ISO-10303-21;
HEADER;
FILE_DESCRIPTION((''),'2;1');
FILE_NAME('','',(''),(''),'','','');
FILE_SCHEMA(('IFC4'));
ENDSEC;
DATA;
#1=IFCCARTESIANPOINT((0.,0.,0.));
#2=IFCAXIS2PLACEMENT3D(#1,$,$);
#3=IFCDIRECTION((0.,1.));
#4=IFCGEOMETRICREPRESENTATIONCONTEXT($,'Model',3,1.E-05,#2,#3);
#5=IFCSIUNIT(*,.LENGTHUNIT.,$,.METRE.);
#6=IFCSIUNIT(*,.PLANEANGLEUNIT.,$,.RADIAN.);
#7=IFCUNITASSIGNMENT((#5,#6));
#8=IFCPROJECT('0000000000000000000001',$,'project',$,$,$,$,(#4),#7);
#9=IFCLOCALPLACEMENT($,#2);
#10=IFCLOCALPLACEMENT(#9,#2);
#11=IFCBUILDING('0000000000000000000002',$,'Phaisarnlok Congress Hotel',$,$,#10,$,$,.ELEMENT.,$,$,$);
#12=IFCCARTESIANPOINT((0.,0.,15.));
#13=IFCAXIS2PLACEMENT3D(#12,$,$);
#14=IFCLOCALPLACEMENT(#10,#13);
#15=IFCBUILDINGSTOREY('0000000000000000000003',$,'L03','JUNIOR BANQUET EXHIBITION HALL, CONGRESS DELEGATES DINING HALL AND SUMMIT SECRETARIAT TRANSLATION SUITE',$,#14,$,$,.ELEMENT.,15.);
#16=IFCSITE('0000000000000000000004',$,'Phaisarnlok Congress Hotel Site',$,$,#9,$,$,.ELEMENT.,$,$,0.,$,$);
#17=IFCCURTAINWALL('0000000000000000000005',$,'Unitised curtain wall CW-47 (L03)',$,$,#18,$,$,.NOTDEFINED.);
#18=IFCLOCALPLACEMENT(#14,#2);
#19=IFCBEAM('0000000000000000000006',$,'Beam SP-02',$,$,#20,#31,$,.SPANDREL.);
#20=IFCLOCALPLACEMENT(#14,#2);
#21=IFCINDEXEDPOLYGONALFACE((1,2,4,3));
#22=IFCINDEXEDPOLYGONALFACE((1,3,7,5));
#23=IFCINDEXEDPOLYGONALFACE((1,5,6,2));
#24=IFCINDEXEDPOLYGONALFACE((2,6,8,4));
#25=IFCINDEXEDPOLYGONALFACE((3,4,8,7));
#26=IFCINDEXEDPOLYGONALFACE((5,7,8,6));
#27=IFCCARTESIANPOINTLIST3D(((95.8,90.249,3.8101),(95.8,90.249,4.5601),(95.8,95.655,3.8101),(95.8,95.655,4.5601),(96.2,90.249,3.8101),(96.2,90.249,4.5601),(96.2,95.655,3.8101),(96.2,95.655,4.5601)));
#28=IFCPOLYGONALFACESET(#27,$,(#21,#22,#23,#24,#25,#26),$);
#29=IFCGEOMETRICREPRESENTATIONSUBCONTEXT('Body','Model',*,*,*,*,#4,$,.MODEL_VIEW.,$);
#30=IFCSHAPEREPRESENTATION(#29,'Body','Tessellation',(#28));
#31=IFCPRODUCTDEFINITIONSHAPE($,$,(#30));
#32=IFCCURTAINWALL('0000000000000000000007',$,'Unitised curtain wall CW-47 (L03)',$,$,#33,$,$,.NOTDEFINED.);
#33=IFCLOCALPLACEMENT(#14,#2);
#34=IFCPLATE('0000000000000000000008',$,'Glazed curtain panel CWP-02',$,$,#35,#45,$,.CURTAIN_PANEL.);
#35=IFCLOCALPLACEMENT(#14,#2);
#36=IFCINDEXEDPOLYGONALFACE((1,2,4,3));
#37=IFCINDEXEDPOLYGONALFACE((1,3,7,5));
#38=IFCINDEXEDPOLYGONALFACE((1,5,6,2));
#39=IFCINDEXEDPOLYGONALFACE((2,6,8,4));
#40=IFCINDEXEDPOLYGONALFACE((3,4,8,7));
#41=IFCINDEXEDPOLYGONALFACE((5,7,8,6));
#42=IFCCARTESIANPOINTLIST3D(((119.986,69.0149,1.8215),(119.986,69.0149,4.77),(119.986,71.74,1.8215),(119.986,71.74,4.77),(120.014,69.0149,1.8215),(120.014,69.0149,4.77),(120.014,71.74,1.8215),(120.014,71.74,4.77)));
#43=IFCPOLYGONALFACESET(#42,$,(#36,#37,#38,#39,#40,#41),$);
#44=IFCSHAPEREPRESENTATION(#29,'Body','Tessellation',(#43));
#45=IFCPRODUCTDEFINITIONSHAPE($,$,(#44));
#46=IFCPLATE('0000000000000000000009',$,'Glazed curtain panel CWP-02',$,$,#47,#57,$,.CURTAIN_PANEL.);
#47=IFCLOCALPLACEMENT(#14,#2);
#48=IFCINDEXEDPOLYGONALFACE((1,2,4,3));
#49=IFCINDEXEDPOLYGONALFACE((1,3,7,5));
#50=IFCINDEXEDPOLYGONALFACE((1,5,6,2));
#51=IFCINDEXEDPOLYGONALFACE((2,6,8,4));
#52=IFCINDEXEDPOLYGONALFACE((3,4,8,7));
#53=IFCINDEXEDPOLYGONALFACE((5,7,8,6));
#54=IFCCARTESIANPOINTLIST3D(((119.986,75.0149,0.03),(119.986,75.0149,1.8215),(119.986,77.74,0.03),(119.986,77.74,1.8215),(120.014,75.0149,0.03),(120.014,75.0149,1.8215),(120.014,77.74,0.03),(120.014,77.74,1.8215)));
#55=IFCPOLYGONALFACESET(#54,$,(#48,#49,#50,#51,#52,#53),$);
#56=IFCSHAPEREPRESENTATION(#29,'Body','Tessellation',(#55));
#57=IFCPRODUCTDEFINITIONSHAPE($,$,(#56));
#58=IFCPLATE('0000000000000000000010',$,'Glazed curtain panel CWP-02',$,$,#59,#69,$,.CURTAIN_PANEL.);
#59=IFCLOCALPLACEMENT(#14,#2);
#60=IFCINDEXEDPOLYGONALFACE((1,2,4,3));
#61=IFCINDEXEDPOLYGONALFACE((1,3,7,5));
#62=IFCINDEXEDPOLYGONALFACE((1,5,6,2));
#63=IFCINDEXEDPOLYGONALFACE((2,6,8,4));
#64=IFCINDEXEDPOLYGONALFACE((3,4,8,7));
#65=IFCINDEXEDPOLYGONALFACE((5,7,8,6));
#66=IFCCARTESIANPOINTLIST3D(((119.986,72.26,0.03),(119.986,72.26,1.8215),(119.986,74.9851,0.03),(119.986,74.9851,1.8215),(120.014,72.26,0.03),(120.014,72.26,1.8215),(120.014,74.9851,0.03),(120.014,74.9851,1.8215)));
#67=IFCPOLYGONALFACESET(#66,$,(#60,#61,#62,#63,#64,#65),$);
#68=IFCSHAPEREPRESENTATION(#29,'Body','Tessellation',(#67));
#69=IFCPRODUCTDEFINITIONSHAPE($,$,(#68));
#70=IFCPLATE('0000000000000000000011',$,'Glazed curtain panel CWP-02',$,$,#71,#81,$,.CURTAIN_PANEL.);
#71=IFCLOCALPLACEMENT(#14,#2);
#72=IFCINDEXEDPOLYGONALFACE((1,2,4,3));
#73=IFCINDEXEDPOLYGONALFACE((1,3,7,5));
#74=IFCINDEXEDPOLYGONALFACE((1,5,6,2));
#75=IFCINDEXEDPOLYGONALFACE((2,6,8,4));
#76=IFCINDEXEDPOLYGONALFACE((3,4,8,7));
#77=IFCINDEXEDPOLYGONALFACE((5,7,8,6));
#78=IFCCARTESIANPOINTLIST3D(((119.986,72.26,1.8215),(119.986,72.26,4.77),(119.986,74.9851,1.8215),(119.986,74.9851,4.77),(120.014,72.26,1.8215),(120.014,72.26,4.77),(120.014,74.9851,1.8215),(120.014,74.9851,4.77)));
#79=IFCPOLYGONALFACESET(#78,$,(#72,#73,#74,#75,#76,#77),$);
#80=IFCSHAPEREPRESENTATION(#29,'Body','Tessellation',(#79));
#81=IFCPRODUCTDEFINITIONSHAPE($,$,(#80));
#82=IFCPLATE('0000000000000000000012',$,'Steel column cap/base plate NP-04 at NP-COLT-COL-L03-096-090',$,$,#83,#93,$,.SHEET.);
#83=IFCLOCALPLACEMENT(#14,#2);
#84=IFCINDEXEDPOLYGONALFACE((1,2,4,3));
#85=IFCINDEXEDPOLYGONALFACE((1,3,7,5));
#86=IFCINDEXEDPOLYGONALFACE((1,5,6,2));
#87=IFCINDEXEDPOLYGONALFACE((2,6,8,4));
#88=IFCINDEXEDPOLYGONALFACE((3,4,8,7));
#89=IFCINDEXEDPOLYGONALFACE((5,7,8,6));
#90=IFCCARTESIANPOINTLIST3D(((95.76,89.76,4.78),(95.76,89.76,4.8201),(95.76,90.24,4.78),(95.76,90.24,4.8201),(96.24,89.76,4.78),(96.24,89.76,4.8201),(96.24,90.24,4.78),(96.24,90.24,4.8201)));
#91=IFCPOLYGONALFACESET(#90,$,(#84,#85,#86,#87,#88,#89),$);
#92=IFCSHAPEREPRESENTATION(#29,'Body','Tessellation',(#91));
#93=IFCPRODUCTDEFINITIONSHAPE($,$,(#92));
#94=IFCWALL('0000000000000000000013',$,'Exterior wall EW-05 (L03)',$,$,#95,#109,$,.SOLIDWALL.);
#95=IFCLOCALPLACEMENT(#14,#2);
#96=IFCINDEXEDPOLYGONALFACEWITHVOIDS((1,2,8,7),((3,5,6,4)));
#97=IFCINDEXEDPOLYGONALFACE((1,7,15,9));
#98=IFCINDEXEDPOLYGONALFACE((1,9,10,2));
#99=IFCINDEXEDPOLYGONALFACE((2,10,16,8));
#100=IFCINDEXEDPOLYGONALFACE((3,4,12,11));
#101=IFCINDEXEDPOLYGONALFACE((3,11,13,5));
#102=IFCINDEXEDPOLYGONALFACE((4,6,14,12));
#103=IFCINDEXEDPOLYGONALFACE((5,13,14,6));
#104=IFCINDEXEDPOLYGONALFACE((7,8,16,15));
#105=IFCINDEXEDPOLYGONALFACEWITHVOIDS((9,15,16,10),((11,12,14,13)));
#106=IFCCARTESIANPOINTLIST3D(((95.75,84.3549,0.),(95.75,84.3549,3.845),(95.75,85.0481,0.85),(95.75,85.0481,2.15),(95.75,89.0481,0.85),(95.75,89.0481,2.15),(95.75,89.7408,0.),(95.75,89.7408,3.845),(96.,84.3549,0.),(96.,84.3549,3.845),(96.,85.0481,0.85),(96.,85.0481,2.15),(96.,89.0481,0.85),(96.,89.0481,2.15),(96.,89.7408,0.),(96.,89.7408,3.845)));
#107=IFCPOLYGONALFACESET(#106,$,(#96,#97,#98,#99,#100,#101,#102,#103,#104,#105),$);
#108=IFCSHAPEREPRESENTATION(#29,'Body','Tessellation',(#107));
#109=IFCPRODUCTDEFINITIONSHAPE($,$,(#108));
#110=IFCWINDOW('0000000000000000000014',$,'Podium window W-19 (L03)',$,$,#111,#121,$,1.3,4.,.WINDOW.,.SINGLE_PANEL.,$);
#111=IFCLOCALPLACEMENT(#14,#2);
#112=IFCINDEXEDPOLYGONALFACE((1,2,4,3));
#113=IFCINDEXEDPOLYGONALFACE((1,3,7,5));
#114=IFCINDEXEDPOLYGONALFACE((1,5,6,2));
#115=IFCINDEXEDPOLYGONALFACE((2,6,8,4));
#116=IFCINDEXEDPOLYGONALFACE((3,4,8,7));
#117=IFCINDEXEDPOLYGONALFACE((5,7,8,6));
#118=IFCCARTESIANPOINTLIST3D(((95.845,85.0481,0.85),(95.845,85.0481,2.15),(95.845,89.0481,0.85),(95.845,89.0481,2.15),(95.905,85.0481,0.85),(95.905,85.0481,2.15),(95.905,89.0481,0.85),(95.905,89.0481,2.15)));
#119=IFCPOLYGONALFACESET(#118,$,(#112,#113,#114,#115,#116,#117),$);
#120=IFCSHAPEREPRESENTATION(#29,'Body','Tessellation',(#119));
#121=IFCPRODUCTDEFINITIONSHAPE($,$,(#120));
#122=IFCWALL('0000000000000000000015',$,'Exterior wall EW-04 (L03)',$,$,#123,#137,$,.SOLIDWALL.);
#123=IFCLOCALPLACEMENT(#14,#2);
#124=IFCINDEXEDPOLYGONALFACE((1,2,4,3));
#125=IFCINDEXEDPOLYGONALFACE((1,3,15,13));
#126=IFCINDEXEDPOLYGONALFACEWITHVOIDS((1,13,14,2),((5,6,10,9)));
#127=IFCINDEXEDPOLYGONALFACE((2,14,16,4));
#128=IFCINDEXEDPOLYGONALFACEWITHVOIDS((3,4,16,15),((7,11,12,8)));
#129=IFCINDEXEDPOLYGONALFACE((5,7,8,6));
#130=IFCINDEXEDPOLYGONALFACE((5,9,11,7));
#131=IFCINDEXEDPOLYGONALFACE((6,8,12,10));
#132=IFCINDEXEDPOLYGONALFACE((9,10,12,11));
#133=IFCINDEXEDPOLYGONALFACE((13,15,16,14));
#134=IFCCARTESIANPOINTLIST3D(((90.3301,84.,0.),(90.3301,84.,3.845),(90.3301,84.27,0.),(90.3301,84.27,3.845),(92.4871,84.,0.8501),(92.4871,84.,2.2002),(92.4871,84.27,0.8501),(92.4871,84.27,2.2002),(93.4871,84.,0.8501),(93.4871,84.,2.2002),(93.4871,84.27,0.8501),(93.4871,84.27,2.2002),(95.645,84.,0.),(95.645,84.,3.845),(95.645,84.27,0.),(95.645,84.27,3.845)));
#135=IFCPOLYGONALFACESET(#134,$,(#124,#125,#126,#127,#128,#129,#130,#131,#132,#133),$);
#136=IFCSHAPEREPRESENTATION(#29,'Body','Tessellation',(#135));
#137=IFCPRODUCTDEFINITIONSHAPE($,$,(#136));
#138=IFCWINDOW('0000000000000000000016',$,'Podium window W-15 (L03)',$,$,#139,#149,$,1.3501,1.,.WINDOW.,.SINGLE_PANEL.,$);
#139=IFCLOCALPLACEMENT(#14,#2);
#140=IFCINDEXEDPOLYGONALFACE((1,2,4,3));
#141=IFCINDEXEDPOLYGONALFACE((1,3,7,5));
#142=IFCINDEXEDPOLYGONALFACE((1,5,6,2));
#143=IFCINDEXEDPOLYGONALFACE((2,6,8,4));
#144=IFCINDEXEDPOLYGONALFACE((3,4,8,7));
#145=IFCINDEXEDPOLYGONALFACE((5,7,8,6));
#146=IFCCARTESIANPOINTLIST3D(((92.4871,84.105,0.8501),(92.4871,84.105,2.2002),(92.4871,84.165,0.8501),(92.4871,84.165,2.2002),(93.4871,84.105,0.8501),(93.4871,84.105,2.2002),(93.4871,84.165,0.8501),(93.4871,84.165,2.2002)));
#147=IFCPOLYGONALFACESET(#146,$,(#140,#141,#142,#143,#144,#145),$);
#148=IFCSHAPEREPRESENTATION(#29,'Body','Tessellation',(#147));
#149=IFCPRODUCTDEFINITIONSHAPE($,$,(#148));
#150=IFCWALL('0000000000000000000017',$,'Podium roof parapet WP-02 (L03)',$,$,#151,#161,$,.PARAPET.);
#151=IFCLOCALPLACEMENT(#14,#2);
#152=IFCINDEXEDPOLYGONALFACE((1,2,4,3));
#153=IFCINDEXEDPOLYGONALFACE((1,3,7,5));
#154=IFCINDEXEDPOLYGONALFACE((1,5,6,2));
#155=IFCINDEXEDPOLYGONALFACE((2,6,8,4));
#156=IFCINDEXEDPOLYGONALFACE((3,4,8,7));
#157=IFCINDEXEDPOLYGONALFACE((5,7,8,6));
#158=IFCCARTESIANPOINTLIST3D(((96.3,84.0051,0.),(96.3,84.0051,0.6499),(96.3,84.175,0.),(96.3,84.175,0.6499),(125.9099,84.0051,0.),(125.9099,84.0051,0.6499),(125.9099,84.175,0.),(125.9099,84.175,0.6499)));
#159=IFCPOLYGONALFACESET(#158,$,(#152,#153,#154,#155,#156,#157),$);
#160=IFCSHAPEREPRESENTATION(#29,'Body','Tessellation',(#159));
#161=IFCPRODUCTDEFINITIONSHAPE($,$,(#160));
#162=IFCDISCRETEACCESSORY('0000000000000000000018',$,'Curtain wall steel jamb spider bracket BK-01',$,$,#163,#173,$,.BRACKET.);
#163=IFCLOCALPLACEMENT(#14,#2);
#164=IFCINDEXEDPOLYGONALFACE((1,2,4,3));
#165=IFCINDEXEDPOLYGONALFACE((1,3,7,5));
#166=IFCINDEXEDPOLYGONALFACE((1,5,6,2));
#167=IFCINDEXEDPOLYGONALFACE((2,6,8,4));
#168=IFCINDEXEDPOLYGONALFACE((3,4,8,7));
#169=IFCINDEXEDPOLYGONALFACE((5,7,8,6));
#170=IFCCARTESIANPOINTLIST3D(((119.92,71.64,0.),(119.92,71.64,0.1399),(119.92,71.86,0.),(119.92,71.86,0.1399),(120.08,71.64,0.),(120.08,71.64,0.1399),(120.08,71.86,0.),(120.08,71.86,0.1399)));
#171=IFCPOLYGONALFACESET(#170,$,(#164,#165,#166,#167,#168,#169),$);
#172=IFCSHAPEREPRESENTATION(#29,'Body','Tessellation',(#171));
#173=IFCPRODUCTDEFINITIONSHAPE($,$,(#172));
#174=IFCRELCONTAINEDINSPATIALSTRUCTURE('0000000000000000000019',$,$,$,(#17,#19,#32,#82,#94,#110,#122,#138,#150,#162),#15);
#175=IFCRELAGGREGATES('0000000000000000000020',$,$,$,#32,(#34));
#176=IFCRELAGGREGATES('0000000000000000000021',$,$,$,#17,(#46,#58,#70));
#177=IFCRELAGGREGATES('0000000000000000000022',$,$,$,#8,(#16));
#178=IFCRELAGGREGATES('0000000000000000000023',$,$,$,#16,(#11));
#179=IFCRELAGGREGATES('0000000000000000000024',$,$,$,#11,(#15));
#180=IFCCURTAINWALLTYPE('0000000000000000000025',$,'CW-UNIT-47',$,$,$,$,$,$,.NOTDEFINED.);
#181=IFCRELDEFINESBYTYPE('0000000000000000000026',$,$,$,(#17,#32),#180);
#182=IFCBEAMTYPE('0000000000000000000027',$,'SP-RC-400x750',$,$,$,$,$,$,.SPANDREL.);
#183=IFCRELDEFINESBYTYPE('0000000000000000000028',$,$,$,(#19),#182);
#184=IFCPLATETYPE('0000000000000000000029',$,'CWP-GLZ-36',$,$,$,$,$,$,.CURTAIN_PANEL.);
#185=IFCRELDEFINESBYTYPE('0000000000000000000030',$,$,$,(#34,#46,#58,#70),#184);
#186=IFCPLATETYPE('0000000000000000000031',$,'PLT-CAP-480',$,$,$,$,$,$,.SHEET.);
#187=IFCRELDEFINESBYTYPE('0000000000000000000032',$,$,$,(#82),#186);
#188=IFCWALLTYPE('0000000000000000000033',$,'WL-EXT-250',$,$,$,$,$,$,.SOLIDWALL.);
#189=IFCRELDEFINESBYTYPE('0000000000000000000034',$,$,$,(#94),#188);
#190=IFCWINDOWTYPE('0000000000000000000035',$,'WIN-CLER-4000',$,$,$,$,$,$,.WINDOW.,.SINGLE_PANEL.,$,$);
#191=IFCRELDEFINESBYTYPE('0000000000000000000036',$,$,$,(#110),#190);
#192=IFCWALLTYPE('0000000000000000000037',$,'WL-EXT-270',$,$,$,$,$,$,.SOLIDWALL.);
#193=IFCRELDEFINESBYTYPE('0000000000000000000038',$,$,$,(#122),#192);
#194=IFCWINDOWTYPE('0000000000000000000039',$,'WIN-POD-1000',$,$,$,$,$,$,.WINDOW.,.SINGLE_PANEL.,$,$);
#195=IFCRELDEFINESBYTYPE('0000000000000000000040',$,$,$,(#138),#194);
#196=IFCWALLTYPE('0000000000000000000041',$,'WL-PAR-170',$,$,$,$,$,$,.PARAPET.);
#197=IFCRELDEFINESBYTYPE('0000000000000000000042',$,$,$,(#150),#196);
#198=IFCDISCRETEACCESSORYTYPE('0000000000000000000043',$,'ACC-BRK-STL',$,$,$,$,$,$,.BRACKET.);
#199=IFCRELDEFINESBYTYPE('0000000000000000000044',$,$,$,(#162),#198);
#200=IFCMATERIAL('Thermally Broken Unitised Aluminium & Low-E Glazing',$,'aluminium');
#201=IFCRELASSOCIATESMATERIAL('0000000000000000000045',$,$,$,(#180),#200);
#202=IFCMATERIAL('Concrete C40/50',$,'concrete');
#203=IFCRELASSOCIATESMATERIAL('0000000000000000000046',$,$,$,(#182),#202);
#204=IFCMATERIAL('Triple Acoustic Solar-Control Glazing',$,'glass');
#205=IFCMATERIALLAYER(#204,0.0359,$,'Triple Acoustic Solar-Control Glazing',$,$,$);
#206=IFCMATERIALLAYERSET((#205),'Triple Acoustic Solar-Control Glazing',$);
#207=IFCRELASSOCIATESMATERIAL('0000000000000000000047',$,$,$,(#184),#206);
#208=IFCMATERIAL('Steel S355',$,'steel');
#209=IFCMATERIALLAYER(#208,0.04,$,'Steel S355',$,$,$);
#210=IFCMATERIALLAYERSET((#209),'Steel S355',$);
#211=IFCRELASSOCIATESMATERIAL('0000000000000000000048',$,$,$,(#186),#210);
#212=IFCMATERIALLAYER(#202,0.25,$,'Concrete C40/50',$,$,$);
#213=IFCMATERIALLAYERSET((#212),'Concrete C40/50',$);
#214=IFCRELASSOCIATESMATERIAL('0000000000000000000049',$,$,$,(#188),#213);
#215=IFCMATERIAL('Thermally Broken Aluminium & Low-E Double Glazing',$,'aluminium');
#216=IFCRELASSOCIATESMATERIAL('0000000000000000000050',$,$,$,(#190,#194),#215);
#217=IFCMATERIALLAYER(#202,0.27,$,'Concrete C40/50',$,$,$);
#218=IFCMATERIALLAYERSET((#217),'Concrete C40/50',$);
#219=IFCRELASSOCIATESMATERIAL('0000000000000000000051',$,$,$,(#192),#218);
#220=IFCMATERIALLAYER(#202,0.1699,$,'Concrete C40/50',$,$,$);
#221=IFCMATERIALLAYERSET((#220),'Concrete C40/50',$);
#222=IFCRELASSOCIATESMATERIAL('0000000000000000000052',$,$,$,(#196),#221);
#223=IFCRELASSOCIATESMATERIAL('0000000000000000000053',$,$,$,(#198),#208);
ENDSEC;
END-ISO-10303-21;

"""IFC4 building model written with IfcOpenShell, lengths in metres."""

from ifc_helpers import new_model, si_unit, direction, frame, frame_2d, origin, origin_2d, place, context, subcontext, project, spatial, rectangle, extrude, material, layer, layer_set, material_profile, profile_set, type_object, element, fill, aggregate, save


model = new_model("IFC4")

# Units and contexts
model_context = context("Model", 3, precision=1e-05, world=origin(), true_north=direction((0.0, 1.0)))
body_context = subcontext(model_context, "Body", "Model", "MODEL_VIEW")
ifc_project = project(units=[si_unit("LENGTHUNIT", "METRE"), si_unit("PLANEANGLEUNIT", "RADIAN")], contexts=[model_context])

# Site, building, storey
site_placement = place(None, origin())
site = spatial("IfcSite", under=ifc_project, at=site_placement, Name="Phaisarnlok Congress Hotel Site", CompositionType="ELEMENT", RefElevation=0.0)
building_placement = place(site_placement, origin())
building = spatial("IfcBuilding", under=site, at=building_placement, Name="Phaisarnlok Congress Hotel", CompositionType="ELEMENT")
storey_placement = place(building_placement, frame((0.0, 0.0, 15.0)))
storey = spatial("IfcBuildingStorey", under=building, at=storey_placement, Name="L03", Description="JUNIOR BANQUET EXHIBITION HALL, CONGRESS DELEGATES DINING HALL AND SUMMIT SECRETARIAT TRANSLATION SUITE", CompositionType="ELEMENT", Elevation=15.0)

# Shared definitions
ifc_material_1 = material(Name="Steel S355", Category="steel")

# Shared definitions
ifc_material_2 = material(Name="Concrete C40/50", Category="concrete")

# Curtain wall
ifc_material_3 = material(Name="Thermally Broken Unitised Aluminium & Low-E Glazing", Category="aluminium")
curtain_wall_type = type_object("IfcCurtainWallType", Name="CW-UNIT-47", PredefinedType="NOTDEFINED", material=ifc_material_3)
curtain_wall_1_placement = place(storey_placement, origin())
curtain_wall_1 = element("IfcCurtainWall", 1, at=curtain_wall_1_placement, inside=storey, type_object=curtain_wall_type, Name="Unitised curtain wall CW-47 (L03)", PredefinedType="NOTDEFINED")

# Beam
ifc_material_profile_1 = material_profile(ifc_material_2, rectangle(XDim=0.3999, YDim=0.75, at=origin_2d()), Name="RC 400x750")
ifc_profile_set_1 = profile_set([ifc_material_profile_1], Name="Concrete C40/50")
beam_type_1 = type_object("IfcBeamType", Name="SP-RC-400x750", PredefinedType="SPANDREL", material=ifc_profile_set_1)
for number, where, z_axis, x_axis, name in (
    (2, (96.0, 90.249, 4.1851), (0.0, 1.0, 0.0), (-1.0, 0.0, 0.0), "Beam SP-02"),
):
    element("IfcBeam", number, at=place(storey_placement, frame(where, z_axis=z_axis, x_axis=x_axis)), inside=storey, type_object=beam_type_1, Name=name, PredefinedType="SPANDREL", context=body_context, shape_type="SweptSolid", body=[
        extrude(rectangle(XDim=0.3999, YDim=0.75, at=origin_2d()), origin(), (0.0, 0.0, 1.0), 5.406),
    ])

# Curtain wall, plate
curtain_wall_2_placement = place(storey_placement, origin())
curtain_wall_2 = element("IfcCurtainWall", 3, at=curtain_wall_2_placement, inside=storey, type_object=curtain_wall_type, Name="Unitised curtain wall CW-47 (L03)", PredefinedType="NOTDEFINED")
ifc_material_4 = material(Name="Triple Acoustic Solar-Control Glazing", Category="glass")
ifc_layer_1 = layer(ifc_material_4, 0.0359, Name="Triple Acoustic Solar-Control Glazing")
ifc_layer_set_1 = layer_set([ifc_layer_1], Name="Triple Acoustic Solar-Control Glazing")
plate_type_1 = type_object("IfcPlateType", Name="CWP-GLZ-36", PredefinedType="CURTAIN_PANEL", material=ifc_layer_set_1)
plate_1_placement = place(storey_placement, frame((120.0, 71.74, 1.8215), z_axis=(0.0, 0.0, 1.0), x_axis=(0.0, -1.0, 0.0)))
plate_1 = element("IfcPlate", 4, at=plate_1_placement, type_object=plate_type_1, Name="Glazed curtain panel CWP-02", PredefinedType="CURTAIN_PANEL", context=body_context, shape_type="SweptSolid", body=[
    extrude(rectangle(XDim=2.7251, YDim=0.0281, at=frame_2d((1.3625, 0.0))), origin(), (0.0, 0.0, 1.0), 2.9485),
])
aggregate(curtain_wall_2, [plate_1])

# Plates
plate_2_placement = place(storey_placement, frame((120.0, 77.74, 0.03), z_axis=(0.0, 0.0, 1.0), x_axis=(0.0, -1.0, 0.0)))
plate_2 = element("IfcPlate", 5, at=plate_2_placement, type_object=plate_type_1, Name="Glazed curtain panel CWP-02", PredefinedType="CURTAIN_PANEL", context=body_context, shape_type="SweptSolid", body=[
    extrude(rectangle(XDim=2.7251, YDim=0.0281, at=frame_2d((1.3625, 0.0))), origin(), (0.0, 0.0, 1.0), 1.7915),
])
plate_3_placement = place(storey_placement, frame((120.0, 74.9851, 0.03), z_axis=(0.0, 0.0, 1.0), x_axis=(0.0, -1.0, 0.0)))
plate_3 = element("IfcPlate", 6, at=plate_3_placement, type_object=plate_type_1, Name="Glazed curtain panel CWP-02", PredefinedType="CURTAIN_PANEL", context=body_context, shape_type="SweptSolid", body=[
    extrude(rectangle(XDim=2.7251, YDim=0.0281, at=frame_2d((1.3625, 0.0))), origin(), (0.0, 0.0, 1.0), 1.7915),
])
plate_4_placement = place(storey_placement, frame((120.0, 74.9851, 1.8215), z_axis=(0.0, 0.0, 1.0), x_axis=(0.0, -1.0, 0.0)))
plate_4 = element("IfcPlate", 7, at=plate_4_placement, type_object=plate_type_1, Name="Glazed curtain panel CWP-02", PredefinedType="CURTAIN_PANEL", context=body_context, shape_type="SweptSolid", body=[
    extrude(rectangle(XDim=2.7251, YDim=0.0281, at=frame_2d((1.3625, 0.0))), origin(), (0.0, 0.0, 1.0), 2.9485),
])
aggregate(curtain_wall_1, [plate_2, plate_3, plate_4])
ifc_layer_2 = layer(ifc_material_1, 0.04, Name="Steel S355")
ifc_layer_set_2 = layer_set([ifc_layer_2], Name="Steel S355")
plate_type_2 = type_object("IfcPlateType", Name="PLT-CAP-480", PredefinedType="SHEET", material=ifc_layer_set_2)
plate_5_placement = place(storey_placement, frame((96.0, 90.0, 4.78), z_axis=(0.0, 0.0, 1.0), x_axis=(1.0, 0.0, 0.0)))
element("IfcPlate", 8, at=plate_5_placement, inside=storey, type_object=plate_type_2, Name="Steel column cap/base plate NP-04 at NP-COLT-COL-L03-096-090", PredefinedType="SHEET", context=body_context, shape_type="SweptSolid", body=[
    extrude(rectangle(XDim=0.48, YDim=0.48, at=origin_2d()), origin(), (0.0, 0.0, 1.0), 0.04),
])

# Walls, openings, windows
ifc_layer_3 = layer(ifc_material_2, 0.25, Name="Concrete C40/50")
ifc_layer_set_3 = layer_set([ifc_layer_3], Name="Concrete C40/50")
wall_type_1 = type_object("IfcWallType", Name="WL-EXT-250", PredefinedType="SOLIDWALL", material=ifc_layer_set_3)
wall_1_placement = place(storey_placement, frame((95.875, 84.355, 0.0), z_axis=(0.0, 0.0, 1.0), x_axis=(0.0, 1.0, 0.0)))
wall_1 = element("IfcWall", 9, at=wall_1_placement, inside=storey, type_object=wall_type_1, Name="Exterior wall EW-05 (L03)", PredefinedType="SOLIDWALL", context=body_context, shape_type="SweptSolid", body=[
    extrude(rectangle(XDim=5.386, YDim=0.25, at=frame_2d((2.6929, 0.0))), origin(), (0.0, 0.0, 1.0), 3.845),
])
opening_1_placement = place(wall_1_placement, frame((0.6931, 0.0, 0.8501)))
opening_1 = element("IfcOpeningElement", 10, at=opening_1_placement, cuts=wall_1, PredefinedType="OPENING", context=body_context, shape_type="SweptSolid", body=[
    extrude(rectangle(XDim=4.0, YDim=1.3, at=frame_2d((2.0, 0.6499))), frame((0.0, 0.135, 0.0), z_axis=(0.0, -1.0, 0.0), x_axis=(1.0, 0.0, 0.0)), (0.0, 0.0, 1.0), 0.27),
])
ifc_material_5 = material(Name="Thermally Broken Aluminium & Low-E Double Glazing", Category="aluminium")
window_type_1 = type_object("IfcWindowType", Name="WIN-CLER-4000", PartitioningType="SINGLE_PANEL", PredefinedType="WINDOW", material=ifc_material_5)
window_1_placement = place(opening_1_placement, origin())
window_1 = element("IfcWindow", 11, at=window_1_placement, inside=storey, type_object=window_type_1, Name="Podium window W-19 (L03)", OverallHeight=1.3, OverallWidth=4.0, PartitioningType="SINGLE_PANEL", PredefinedType="WINDOW", context=body_context, shape_type="SweptSolid", body=[
    extrude(rectangle(XDim=4.0, YDim=1.3, at=frame_2d((2.0, 0.6499))), frame((0.0, 0.03, 0.0), z_axis=(0.0, -1.0, 0.0), x_axis=(1.0, 0.0, 0.0)), (0.0, 0.0, 1.0), 0.0601),
])
fill(opening_1, window_1)
ifc_layer_4 = layer(ifc_material_2, 0.27, Name="Concrete C40/50")
ifc_layer_set_4 = layer_set([ifc_layer_4], Name="Concrete C40/50")
wall_type_2 = type_object("IfcWallType", Name="WL-EXT-270", PredefinedType="SOLIDWALL", material=ifc_layer_set_4)
wall_2_placement = place(storey_placement, frame((90.3301, 84.135, 0.0), z_axis=(0.0, 0.0, 1.0), x_axis=(1.0, 0.0, 0.0)))
wall_2 = element("IfcWall", 12, at=wall_2_placement, inside=storey, type_object=wall_type_2, Name="Exterior wall EW-04 (L03)", PredefinedType="SOLIDWALL", context=body_context, shape_type="SweptSolid", body=[
    extrude(rectangle(XDim=5.3149, YDim=0.27, at=frame_2d((2.6575, 0.0))), origin(), (0.0, 0.0, 1.0), 3.845),
])
opening_2_placement = place(wall_2_placement, frame((2.157, 0.0, 0.8501)))
opening_2 = element("IfcOpeningElement", 13, at=opening_2_placement, cuts=wall_2, PredefinedType="OPENING", context=body_context, shape_type="SweptSolid", body=[
    extrude(rectangle(XDim=1.0, YDim=1.3501, at=frame_2d((0.5, 0.675))), frame((0.0, 0.145, 0.0), z_axis=(0.0, -1.0, 0.0), x_axis=(1.0, 0.0, 0.0)), (0.0, 0.0, 1.0), 0.29),
])
window_type_2 = type_object("IfcWindowType", Name="WIN-POD-1000", PartitioningType="SINGLE_PANEL", PredefinedType="WINDOW", material=ifc_material_5)
window_2_placement = place(opening_2_placement, origin())
window_2 = element("IfcWindow", 14, at=window_2_placement, inside=storey, type_object=window_type_2, Name="Podium window W-15 (L03)", OverallHeight=1.3501, OverallWidth=1.0, PartitioningType="SINGLE_PANEL", PredefinedType="WINDOW", context=body_context, shape_type="SweptSolid", body=[
    extrude(rectangle(XDim=1.0, YDim=1.3501, at=frame_2d((0.5, 0.675))), frame((0.0, 0.03, 0.0), z_axis=(0.0, -1.0, 0.0), x_axis=(1.0, 0.0, 0.0)), (0.0, 0.0, 1.0), 0.0601),
])
fill(opening_2, window_2)

# Wall
ifc_layer_5 = layer(ifc_material_2, 0.1699, Name="Concrete C40/50")
ifc_layer_set_5 = layer_set([ifc_layer_5], Name="Concrete C40/50")
wall_type_3 = type_object("IfcWallType", Name="WL-PAR-170", PredefinedType="PARAPET", material=ifc_layer_set_5)
wall_3_placement = place(storey_placement, frame((96.3, 84.0901, 0.0), z_axis=(0.0, 0.0, 1.0), x_axis=(1.0, 0.0, 0.0)))
element("IfcWall", 15, at=wall_3_placement, inside=storey, type_object=wall_type_3, Name="Podium roof parapet WP-02 (L03)", PredefinedType="PARAPET", context=body_context, shape_type="SweptSolid", body=[
    extrude(rectangle(XDim=29.6099, YDim=0.1699, at=frame_2d((14.8049, 0.0))), origin(), (0.0, 0.0, 1.0), 0.6499),
])

# Discrete accessory
discrete_accessory_type = type_object("IfcDiscreteAccessoryType", Name="ACC-BRK-STL", PredefinedType="BRACKET", material=ifc_material_1)
for number, where, z_axis, x_axis, name in (
    (16, (120.0, 71.75, 0.0), (0.0, 0.0, 1.0), (1.0, 0.0, 0.0), "Curtain wall steel jamb spider bracket BK-01"),
):
    element("IfcDiscreteAccessory", number, at=place(storey_placement, frame(where, z_axis=z_axis, x_axis=x_axis)), inside=storey, type_object=discrete_accessory_type, Name=name, PredefinedType="BRACKET", context=body_context, shape_type="SweptSolid", body=[
        extrude(rectangle(XDim=0.1599, YDim=0.22, at=origin_2d()), origin(), (0.0, 0.0, 1.0), 0.1399),
    ])

save(model, "model.ifc")
